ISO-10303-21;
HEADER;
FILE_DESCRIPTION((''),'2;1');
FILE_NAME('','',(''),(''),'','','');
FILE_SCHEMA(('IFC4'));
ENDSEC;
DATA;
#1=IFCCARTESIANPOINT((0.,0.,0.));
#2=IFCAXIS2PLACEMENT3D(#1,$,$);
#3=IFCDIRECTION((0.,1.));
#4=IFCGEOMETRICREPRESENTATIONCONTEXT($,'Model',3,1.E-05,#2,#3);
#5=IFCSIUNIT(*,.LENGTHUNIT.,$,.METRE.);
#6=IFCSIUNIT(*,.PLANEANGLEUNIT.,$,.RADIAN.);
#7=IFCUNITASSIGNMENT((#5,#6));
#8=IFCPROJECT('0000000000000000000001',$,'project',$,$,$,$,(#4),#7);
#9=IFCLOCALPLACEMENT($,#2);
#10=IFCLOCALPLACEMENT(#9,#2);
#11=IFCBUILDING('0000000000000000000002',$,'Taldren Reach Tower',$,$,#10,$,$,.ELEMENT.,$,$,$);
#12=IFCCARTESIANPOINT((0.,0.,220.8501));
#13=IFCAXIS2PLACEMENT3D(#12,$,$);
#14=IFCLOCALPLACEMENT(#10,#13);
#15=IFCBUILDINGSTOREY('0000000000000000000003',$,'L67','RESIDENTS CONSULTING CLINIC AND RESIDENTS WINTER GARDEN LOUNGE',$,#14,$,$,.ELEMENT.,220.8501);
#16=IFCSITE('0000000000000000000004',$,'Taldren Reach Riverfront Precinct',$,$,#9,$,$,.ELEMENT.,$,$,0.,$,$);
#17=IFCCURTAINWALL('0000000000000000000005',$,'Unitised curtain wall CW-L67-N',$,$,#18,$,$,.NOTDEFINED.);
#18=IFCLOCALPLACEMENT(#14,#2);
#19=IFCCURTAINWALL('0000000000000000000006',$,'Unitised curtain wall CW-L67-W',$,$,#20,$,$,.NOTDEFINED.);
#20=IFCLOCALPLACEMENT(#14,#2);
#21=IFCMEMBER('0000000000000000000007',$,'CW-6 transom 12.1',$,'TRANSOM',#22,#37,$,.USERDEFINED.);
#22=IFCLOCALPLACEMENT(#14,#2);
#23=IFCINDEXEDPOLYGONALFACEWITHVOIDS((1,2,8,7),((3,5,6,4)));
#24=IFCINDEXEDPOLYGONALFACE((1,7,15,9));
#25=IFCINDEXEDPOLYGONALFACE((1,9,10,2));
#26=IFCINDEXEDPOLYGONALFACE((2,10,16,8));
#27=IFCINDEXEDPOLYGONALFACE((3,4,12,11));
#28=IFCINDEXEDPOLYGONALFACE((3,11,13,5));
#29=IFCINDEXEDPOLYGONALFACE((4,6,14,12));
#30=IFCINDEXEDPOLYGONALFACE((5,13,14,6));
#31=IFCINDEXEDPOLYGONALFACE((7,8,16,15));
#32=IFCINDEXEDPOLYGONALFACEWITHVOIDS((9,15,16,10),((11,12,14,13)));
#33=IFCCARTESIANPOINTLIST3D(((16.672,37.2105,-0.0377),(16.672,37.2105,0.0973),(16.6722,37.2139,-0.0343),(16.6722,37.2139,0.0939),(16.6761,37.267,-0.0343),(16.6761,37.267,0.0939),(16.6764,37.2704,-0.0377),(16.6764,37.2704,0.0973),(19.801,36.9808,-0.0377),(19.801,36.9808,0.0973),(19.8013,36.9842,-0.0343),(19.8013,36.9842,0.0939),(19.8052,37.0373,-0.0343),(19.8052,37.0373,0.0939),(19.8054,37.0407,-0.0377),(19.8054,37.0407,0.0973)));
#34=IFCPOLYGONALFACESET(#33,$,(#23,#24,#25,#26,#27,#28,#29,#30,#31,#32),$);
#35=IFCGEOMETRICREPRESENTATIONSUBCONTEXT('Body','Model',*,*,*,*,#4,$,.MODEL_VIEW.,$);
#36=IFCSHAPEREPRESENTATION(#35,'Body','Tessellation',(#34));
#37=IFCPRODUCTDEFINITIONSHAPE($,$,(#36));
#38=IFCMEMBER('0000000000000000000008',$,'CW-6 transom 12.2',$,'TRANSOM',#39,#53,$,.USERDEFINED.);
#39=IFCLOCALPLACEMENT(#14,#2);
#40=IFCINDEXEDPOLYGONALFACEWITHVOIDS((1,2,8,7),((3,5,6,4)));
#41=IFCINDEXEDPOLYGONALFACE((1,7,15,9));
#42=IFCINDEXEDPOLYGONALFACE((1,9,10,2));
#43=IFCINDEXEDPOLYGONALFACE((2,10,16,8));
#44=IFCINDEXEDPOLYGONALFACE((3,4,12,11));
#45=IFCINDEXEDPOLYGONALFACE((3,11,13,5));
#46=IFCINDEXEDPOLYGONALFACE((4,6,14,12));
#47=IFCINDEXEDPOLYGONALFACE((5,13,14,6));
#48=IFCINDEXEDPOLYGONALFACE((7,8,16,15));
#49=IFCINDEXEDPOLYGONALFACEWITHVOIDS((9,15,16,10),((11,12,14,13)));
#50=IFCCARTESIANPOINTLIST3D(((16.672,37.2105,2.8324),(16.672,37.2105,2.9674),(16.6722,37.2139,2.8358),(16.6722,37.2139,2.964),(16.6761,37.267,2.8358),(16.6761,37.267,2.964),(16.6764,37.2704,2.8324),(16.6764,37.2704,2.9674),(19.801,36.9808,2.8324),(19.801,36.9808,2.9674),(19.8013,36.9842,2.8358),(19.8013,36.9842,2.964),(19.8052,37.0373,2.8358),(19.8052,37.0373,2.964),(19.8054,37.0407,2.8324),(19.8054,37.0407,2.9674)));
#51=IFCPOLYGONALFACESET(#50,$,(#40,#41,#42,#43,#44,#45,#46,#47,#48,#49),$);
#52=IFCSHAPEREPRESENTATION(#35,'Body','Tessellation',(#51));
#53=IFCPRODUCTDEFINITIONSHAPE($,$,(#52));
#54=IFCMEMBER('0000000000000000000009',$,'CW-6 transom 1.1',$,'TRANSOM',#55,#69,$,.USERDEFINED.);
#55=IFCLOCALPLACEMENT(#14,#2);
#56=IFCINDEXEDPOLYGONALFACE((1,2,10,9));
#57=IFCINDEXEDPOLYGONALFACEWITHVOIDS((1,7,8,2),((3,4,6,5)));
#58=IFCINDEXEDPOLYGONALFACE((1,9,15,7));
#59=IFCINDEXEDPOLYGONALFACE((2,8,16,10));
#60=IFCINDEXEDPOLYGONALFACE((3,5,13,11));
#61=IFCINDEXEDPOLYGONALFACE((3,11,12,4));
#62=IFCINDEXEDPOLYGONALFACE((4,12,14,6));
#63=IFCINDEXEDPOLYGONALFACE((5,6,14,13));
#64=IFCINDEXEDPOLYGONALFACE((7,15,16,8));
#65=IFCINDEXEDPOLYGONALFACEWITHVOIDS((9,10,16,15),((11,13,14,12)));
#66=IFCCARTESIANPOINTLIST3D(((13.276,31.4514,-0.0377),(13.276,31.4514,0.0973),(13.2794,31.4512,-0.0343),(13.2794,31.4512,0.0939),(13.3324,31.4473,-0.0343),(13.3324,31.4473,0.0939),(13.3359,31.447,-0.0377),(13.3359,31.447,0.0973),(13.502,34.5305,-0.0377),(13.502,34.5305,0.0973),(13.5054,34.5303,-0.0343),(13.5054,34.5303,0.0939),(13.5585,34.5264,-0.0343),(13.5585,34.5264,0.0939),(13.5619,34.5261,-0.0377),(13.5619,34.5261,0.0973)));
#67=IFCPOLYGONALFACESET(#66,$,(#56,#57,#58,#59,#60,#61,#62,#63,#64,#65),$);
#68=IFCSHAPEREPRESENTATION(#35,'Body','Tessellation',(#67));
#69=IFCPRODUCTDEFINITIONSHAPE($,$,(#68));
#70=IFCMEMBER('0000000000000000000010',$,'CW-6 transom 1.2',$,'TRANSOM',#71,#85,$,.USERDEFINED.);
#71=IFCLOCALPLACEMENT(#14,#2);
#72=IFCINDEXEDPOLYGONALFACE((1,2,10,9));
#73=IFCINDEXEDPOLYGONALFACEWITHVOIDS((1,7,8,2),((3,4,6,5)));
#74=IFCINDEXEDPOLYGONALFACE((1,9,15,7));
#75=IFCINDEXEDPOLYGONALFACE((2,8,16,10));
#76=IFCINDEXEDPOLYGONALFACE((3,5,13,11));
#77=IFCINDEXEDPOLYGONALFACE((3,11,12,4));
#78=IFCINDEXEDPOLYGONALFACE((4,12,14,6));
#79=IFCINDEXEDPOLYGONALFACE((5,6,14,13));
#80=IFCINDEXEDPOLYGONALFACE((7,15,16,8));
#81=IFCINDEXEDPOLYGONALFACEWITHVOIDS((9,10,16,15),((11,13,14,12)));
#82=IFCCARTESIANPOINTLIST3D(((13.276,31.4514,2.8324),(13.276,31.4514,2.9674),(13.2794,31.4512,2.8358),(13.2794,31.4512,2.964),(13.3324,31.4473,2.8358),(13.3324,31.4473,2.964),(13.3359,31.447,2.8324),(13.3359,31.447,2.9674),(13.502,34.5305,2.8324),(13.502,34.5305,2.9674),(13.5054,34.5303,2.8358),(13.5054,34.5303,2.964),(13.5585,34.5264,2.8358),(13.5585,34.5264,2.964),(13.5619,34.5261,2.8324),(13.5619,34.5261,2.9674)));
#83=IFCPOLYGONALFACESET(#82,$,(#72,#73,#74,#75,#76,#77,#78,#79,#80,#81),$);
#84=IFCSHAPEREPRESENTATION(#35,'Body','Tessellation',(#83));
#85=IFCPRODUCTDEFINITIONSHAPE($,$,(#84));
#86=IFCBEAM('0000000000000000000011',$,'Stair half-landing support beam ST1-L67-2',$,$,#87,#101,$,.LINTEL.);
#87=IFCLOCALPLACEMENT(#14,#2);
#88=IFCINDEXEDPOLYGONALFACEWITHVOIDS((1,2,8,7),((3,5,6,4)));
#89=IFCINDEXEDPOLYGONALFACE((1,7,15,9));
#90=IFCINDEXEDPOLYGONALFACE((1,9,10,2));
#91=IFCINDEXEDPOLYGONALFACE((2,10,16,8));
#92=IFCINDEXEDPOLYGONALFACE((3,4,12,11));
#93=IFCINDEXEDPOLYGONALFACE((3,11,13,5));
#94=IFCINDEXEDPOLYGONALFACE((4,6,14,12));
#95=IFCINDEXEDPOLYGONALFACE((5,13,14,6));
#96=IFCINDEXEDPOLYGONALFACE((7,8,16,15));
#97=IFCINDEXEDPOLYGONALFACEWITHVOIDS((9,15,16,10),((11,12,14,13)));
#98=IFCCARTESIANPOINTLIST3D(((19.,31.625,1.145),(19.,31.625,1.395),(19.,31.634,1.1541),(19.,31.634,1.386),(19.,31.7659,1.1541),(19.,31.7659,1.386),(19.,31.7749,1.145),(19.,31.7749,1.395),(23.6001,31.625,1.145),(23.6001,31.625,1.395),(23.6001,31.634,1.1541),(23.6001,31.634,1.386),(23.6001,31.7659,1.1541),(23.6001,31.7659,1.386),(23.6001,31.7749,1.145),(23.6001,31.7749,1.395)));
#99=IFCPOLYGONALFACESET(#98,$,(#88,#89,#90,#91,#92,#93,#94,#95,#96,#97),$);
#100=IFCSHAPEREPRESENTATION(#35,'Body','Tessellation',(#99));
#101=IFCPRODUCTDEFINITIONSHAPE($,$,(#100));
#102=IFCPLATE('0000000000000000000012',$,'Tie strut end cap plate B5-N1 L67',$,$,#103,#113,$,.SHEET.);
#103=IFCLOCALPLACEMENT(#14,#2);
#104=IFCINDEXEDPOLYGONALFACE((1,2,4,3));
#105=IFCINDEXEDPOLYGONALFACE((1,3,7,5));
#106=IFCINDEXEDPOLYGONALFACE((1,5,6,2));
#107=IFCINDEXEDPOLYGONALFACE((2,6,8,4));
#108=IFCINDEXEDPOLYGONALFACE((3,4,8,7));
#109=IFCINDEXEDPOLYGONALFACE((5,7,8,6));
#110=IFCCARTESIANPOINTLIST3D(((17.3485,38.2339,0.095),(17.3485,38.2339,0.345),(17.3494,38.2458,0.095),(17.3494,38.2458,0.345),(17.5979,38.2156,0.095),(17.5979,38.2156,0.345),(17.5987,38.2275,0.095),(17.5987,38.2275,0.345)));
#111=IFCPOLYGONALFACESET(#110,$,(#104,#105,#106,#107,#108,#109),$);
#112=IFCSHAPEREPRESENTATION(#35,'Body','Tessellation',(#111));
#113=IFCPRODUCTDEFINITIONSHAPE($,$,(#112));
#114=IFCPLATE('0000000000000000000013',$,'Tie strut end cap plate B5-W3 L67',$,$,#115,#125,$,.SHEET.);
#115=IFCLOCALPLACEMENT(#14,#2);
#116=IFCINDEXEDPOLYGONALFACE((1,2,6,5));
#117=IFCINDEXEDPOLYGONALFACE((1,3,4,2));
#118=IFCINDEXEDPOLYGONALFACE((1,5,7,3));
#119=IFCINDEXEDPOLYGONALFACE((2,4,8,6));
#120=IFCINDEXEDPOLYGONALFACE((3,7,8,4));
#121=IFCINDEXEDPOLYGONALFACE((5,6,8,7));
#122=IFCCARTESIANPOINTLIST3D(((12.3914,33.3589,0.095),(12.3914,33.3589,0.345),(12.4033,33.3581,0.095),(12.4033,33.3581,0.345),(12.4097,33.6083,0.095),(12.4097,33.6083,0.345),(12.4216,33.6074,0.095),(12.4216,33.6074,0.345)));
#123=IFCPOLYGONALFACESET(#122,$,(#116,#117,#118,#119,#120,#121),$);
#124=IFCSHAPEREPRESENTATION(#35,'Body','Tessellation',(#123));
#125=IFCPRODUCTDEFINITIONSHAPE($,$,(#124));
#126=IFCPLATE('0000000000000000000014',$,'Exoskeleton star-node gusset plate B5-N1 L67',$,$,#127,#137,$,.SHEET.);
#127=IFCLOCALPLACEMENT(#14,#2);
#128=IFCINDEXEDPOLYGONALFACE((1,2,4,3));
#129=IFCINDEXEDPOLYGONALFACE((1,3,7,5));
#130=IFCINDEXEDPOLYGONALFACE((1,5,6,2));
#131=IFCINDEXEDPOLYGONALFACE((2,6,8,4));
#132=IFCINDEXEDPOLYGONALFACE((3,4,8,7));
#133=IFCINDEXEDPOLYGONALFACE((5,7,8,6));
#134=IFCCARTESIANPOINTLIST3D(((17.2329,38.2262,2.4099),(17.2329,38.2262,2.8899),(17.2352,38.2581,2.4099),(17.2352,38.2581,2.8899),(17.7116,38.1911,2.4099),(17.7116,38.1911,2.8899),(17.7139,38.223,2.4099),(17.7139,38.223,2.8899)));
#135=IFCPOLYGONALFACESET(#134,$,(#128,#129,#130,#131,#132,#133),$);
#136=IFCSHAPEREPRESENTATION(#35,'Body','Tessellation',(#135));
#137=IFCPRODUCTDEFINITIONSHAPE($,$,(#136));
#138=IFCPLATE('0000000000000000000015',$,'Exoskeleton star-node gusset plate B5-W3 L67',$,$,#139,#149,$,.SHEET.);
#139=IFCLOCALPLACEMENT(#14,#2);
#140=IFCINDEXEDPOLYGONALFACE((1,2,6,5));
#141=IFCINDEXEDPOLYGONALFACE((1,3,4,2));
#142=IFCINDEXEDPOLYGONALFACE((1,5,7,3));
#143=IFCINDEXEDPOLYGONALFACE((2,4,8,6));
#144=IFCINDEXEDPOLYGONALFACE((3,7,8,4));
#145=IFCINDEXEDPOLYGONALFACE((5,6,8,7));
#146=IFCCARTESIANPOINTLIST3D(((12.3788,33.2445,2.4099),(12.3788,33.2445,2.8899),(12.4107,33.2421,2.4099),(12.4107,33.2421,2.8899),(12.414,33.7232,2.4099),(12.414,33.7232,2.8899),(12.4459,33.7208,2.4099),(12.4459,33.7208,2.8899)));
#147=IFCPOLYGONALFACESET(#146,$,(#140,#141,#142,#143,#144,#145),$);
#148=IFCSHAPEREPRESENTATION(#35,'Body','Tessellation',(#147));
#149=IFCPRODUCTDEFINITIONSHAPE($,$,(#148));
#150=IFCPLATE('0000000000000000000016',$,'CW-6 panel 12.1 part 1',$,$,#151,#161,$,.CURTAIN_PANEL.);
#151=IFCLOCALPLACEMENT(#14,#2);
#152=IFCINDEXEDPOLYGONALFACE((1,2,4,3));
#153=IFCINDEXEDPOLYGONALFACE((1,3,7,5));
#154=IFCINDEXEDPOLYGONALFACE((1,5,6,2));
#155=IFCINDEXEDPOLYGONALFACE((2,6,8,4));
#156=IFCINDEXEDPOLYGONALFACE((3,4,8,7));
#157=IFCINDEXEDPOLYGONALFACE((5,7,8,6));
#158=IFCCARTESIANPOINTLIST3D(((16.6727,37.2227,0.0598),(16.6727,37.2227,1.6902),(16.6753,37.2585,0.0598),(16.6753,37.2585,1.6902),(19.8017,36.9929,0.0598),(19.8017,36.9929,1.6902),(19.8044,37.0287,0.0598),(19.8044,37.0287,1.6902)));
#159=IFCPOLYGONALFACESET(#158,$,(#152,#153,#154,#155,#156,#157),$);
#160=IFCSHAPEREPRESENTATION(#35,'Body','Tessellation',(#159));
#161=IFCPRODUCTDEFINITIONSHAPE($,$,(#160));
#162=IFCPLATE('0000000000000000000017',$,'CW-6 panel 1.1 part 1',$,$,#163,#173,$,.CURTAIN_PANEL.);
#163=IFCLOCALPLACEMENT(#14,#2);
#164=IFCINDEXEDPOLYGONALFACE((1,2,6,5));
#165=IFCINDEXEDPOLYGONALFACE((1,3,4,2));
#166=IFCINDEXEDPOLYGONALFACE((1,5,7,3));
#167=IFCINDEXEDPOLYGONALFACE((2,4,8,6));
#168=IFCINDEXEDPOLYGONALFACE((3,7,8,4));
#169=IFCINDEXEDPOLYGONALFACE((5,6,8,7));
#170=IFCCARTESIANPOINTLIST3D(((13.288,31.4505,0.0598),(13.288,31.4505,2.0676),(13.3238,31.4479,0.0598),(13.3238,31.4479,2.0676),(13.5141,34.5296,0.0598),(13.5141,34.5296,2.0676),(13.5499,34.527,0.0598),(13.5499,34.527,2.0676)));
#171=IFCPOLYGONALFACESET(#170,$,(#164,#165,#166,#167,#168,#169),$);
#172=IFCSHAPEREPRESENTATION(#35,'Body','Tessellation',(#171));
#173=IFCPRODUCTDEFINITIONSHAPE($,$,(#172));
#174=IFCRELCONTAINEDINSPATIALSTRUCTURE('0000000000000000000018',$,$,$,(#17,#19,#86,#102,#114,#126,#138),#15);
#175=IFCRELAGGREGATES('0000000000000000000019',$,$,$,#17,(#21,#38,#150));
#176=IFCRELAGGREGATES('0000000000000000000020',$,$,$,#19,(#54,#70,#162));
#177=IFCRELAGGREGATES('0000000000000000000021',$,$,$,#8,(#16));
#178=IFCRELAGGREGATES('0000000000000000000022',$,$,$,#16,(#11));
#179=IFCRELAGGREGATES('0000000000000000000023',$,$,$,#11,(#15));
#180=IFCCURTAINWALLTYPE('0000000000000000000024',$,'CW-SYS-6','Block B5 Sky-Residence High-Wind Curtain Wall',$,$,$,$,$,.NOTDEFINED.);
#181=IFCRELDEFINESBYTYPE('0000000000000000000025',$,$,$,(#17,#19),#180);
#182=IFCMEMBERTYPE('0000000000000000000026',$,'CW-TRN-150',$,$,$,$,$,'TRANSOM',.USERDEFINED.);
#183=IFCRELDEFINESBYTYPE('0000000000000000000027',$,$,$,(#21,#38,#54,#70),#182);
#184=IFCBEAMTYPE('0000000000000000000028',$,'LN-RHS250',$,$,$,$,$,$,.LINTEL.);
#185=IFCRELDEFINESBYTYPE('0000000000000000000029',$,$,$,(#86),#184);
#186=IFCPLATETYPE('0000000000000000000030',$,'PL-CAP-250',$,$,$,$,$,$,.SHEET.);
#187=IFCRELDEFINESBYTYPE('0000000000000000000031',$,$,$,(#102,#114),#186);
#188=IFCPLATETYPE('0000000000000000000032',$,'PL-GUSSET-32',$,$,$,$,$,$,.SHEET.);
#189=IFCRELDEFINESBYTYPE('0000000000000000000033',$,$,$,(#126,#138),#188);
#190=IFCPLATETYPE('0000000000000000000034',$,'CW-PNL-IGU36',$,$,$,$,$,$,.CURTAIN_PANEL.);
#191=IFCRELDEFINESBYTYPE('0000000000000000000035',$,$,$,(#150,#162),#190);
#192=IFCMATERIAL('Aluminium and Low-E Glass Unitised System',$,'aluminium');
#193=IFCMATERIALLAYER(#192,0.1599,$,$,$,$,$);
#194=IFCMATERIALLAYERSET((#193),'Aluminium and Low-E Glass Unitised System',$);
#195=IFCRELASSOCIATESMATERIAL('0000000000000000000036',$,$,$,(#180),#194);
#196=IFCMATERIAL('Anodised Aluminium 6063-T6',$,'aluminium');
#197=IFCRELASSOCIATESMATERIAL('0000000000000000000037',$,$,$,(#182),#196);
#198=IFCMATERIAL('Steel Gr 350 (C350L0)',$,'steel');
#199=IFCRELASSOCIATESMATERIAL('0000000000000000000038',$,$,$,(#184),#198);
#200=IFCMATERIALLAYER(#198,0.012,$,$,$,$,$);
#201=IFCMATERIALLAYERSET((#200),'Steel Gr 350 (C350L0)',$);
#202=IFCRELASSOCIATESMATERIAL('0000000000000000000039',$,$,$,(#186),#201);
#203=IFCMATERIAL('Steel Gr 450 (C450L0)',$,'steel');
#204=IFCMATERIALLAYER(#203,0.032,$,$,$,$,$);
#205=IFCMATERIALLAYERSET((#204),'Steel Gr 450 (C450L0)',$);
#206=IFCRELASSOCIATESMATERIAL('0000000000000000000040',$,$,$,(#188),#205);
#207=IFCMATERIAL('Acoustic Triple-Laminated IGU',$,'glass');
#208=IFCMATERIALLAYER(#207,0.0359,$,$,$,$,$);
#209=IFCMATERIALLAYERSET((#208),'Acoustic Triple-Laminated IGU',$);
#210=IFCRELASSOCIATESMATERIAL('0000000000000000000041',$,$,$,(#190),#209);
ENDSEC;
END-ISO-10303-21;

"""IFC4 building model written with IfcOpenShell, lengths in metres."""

from ifc_helpers import new_model, si_unit, direction, frame, origin, origin_2d, place, context, subcontext, project, spatial, rectangle, hollow_rectangle, extrude, source, transform, mapped, material, layer, layer_set, material_profile, profile_set, type_object, element, aggregate, save


model = new_model("IFC4")

# Units and contexts
model_context = context("Model", 3, precision=1e-05, world=origin(), true_north=direction((0.0, 1.0)))
body_context = subcontext(model_context, "Body", "Model", "MODEL_VIEW")
ifc_project = project(units=[si_unit("LENGTHUNIT", "METRE"), si_unit("PLANEANGLEUNIT", "RADIAN")], contexts=[model_context])

# Site, building, storey
site_placement = place(None, origin())
site = spatial("IfcSite", under=ifc_project, at=site_placement, Name="Taldren Reach Riverfront Precinct", CompositionType="ELEMENT", RefElevation=0.0)
building_placement = place(site_placement, origin())
building = spatial("IfcBuilding", under=site, at=building_placement, Name="Taldren Reach Tower", CompositionType="ELEMENT")
storey_placement = place(building_placement, frame((0.0, 0.0, 220.8501)))
storey = spatial("IfcBuildingStorey", under=building, at=storey_placement, Name="L67", Description="RESIDENTS CONSULTING CLINIC AND RESIDENTS WINTER GARDEN LOUNGE", CompositionType="ELEMENT", Elevation=220.8501)

# Shared definitions
ifc_material_1 = material(Name="Steel Gr 450 (C450L0)", Category="steel")
ifc_material_2 = material(Name="Steel Gr 350 (C350L0)", Category="steel")

# Curtain walls
ifc_material_3 = material(Name="Aluminium and Low-E Glass Unitised System", Category="aluminium")
ifc_layer_1 = layer(ifc_material_3, 0.1599)
ifc_layer_set_1 = layer_set([ifc_layer_1], Name="Aluminium and Low-E Glass Unitised System")
curtain_wall_type = type_object("IfcCurtainWallType", Name="CW-SYS-6", Description="Block B5 Sky-Residence High-Wind Curtain Wall", PredefinedType="NOTDEFINED", material=ifc_layer_set_1)
curtain_wall_1_placement = place(storey_placement, origin())
curtain_wall_1 = element("IfcCurtainWall", 1, at=curtain_wall_1_placement, inside=storey, type_object=curtain_wall_type, Name="Unitised curtain wall CW-L67-N", PredefinedType="NOTDEFINED")
ifc_material_4 = material(Name="Anodised Aluminium 6063-T6", Category="aluminium")
curtain_wall_2_placement = place(storey_placement, origin())
curtain_wall_2 = element("IfcCurtainWall", 2, at=curtain_wall_2_placement, inside=storey, type_object=curtain_wall_type, Name="Unitised curtain wall CW-L67-W", PredefinedType="NOTDEFINED")

# Members
ifc_material_profile_1 = material_profile(ifc_material_4, hollow_rectangle(XDim=0.0601, YDim=0.135, WallThickness=0.0034, at=origin_2d()), Name="ALU-135x60x3.5RHS")
ifc_profile_set_1 = profile_set([ifc_material_profile_1], Name="Anodised Aluminium 6063-T6")
member_type_1 = type_object("IfcMemberType", Name="CW-TRN-150", ElementType="TRANSOM", PredefinedType="USERDEFINED", material=ifc_profile_set_1)
shared_shape_1 = source(origin(), body_context, "Body", "SweptSolid", [
    extrude(hollow_rectangle(XDim=0.0601, YDim=0.135, WallThickness=0.0034, at=origin_2d()), origin(), (0.0, 0.0, 1.0), 3.1375),
])
member_1_placement = place(storey_placement, frame((19.8032, 37.0107, 0.0298), z_axis=(-0.997316, 0.073221, 0.0), x_axis=(-0.073221, -0.997316, 0.0)))
member_1 = element("IfcMember", 3, at=member_1_placement, type_object=member_type_1, Name="CW-6 transom 12.1", ObjectType="TRANSOM", PredefinedType="USERDEFINED", context=body_context, shape_type="MappedRepresentation", body=[
    mapped(shared_shape_1, transform((0.0, 0.0, 0.0), scale=1.0)),
])
member_2_placement = place(storey_placement, frame((19.8032, 37.0107, 2.8999), z_axis=(-0.997316, 0.073221, 0.0), x_axis=(-0.073221, -0.997316, 0.0)))
member_2 = element("IfcMember", 4, at=member_2_placement, type_object=member_type_1, Name="CW-6 transom 12.2", ObjectType="TRANSOM", PredefinedType="USERDEFINED", context=body_context, shape_type="MappedRepresentation", body=[
    mapped(shared_shape_1, transform((0.0, 0.0, 0.0), scale=1.0)),
])
shared_shape_2 = source(origin(), body_context, "Body", "SweptSolid", [
    extrude(hollow_rectangle(XDim=0.0601, YDim=0.135, WallThickness=0.0034, at=origin_2d()), origin(), (0.0, 0.0, 1.0), 3.0874),
])
member_3_placement = place(storey_placement, frame((13.532, 34.5283, 0.0298), z_axis=(-0.073225, -0.997315, 0.0), x_axis=(0.997315, -0.073225, 0.0)))
member_3 = element("IfcMember", 5, at=member_3_placement, type_object=member_type_1, Name="CW-6 transom 1.1", ObjectType="TRANSOM", PredefinedType="USERDEFINED", context=body_context, shape_type="MappedRepresentation", body=[
    mapped(shared_shape_2, transform((0.0, 0.0, 0.0), scale=1.0)),
])
member_4_placement = place(storey_placement, frame((13.532, 34.5283, 2.8999), z_axis=(-0.073225, -0.997315, 0.0), x_axis=(0.997315, -0.073225, 0.0)))
member_4 = element("IfcMember", 6, at=member_4_placement, type_object=member_type_1, Name="CW-6 transom 1.2", ObjectType="TRANSOM", PredefinedType="USERDEFINED", context=body_context, shape_type="MappedRepresentation", body=[
    mapped(shared_shape_2, transform((0.0, 0.0, 0.0), scale=1.0)),
])

# Beam
ifc_material_profile_2 = material_profile(ifc_material_2, hollow_rectangle(XDim=0.1499, YDim=0.25, WallThickness=0.009, at=origin_2d()), Name="250x150x9.0RHS")
ifc_profile_set_2 = profile_set([ifc_material_profile_2], Name="Steel Gr 350 (C350L0)")
beam_type_1 = type_object("IfcBeamType", Name="LN-RHS250", PredefinedType="LINTEL", material=ifc_profile_set_2)
shared_shape_3 = source(origin(), body_context, "Body", "SweptSolid", [
    extrude(hollow_rectangle(XDim=0.1499, YDim=0.25, WallThickness=0.009, at=origin_2d()), origin(), (0.0, 0.0, 1.0), 4.6001),
])
beam_1_placement = place(storey_placement, frame((19.0, 31.7, 1.27), z_axis=(1.0, 0.0, 0.0), x_axis=(0.0, 1.0, 0.0)))
element("IfcBeam", 7, at=beam_1_placement, inside=storey, type_object=beam_type_1, Name="Stair half-landing support beam ST1-L67-2", PredefinedType="LINTEL", context=body_context, shape_type="MappedRepresentation", body=[
    mapped(shared_shape_3, transform((0.0, 0.0, 0.0), scale=1.0)),
])

# Plates
ifc_layer_2 = layer(ifc_material_2, 0.012)
ifc_layer_set_2 = layer_set([ifc_layer_2], Name="Steel Gr 350 (C350L0)")
plate_type_1 = type_object("IfcPlateType", Name="PL-CAP-250", PredefinedType="SHEET", material=ifc_layer_set_2)
shared_shape_4 = source(origin(), body_context, "Body", "SweptSolid", [
    extrude(rectangle(XDim=0.25, YDim=0.012, at=origin_2d()), origin(), (0.0, 0.0, 1.0), 0.25),
])
plate_1_placement = place(storey_placement, frame((17.4736, 38.2307, 0.095), z_axis=(0.0, 0.0, 1.0), x_axis=(0.997314, -0.073238, 0.0)))
element("IfcPlate", 8, at=plate_1_placement, inside=storey, type_object=plate_type_1, Name="Tie strut end cap plate B5-N1 L67", PredefinedType="SHEET", context=body_context, shape_type="MappedRepresentation", body=[
    mapped(shared_shape_4, transform((0.0, 0.0, 0.0), scale=1.0)),
])
shared_shape_5 = source(origin(), body_context, "Body", "SweptSolid", [
    extrude(rectangle(XDim=0.012, YDim=0.25, at=origin_2d()), origin(), (0.0, 0.0, 1.0), 0.25),
])
plate_2_placement = place(storey_placement, frame((12.4065, 33.4832, 0.095), z_axis=(0.0, 0.0, 1.0), x_axis=(0.997314, -0.073238, 0.0)))
element("IfcPlate", 9, at=plate_2_placement, inside=storey, type_object=plate_type_1, Name="Tie strut end cap plate B5-W3 L67", PredefinedType="SHEET", context=body_context, shape_type="MappedRepresentation", body=[
    mapped(shared_shape_5, transform((0.0, 0.0, 0.0), scale=1.0)),
])
ifc_layer_3 = layer(ifc_material_1, 0.032)
ifc_layer_set_3 = layer_set([ifc_layer_3], Name="Steel Gr 450 (C450L0)")
plate_type_2 = type_object("IfcPlateType", Name="PL-GUSSET-32", PredefinedType="SHEET", material=ifc_layer_set_3)
shared_shape_6 = source(origin(), body_context, "Body", "SweptSolid", [
    extrude(rectangle(XDim=0.48, YDim=0.032, at=origin_2d()), origin(), (0.0, 0.0, 1.0), 0.48),
])
for number, where, z_axis, x_axis, name in (
    (10, (17.4734, 38.2246, 2.4099), (0.0, 0.0, 1.0), (0.997314, -0.073238, 0.0), "Exoskeleton star-node gusset plate B5-N1 L67"),
    (11, (12.4124, 33.4827, 2.4099), (0.0, 0.0, 1.0), (0.073238, 0.997314, 0.0), "Exoskeleton star-node gusset plate B5-W3 L67"),
):
    element("IfcPlate", number, at=place(storey_placement, frame(where, z_axis=z_axis, x_axis=x_axis)), inside=storey, type_object=plate_type_2, Name=name, PredefinedType="SHEET", context=body_context, shape_type="MappedRepresentation", body=[
        mapped(shared_shape_6, transform((0.0, 0.0, 0.0), scale=1.0)),
    ])

# Plates
ifc_material_5 = material(Name="Acoustic Triple-Laminated IGU", Category="glass")
ifc_layer_4 = layer(ifc_material_5, 0.0359)
ifc_layer_set_4 = layer_set([ifc_layer_4], Name="Acoustic Triple-Laminated IGU")
plate_type_3 = type_object("IfcPlateType", Name="CW-PNL-IGU36", PredefinedType="CURTAIN_PANEL", material=ifc_layer_set_4)
shared_shape_7 = source(origin(), body_context, "Body", "SweptSolid", [
    extrude(rectangle(XDim=3.1375, YDim=0.0359, at=origin_2d()), origin(), (0.0, 0.0, 1.0), 1.6304),
])
plate_3_placement = place(storey_placement, frame((18.2385, 37.1257, 0.0598), z_axis=(0.0, 0.0, 1.0), x_axis=(-0.997314, 0.073238, 0.0)))
plate_3 = element("IfcPlate", 12, at=plate_3_placement, type_object=plate_type_3, Name="CW-6 panel 12.1 part 1", PredefinedType="CURTAIN_PANEL", context=body_context, shape_type="MappedRepresentation", body=[
    mapped(shared_shape_7, transform((0.0, 0.0, 0.0), scale=1.0)),
])
aggregate(curtain_wall_1, [member_1, member_2, plate_3])
shared_shape_8 = source(origin(), body_context, "Body", "SweptSolid", [
    extrude(rectangle(XDim=3.0874, YDim=0.0359, at=origin_2d()), origin(), (0.0, 0.0, 1.0), 2.0078),
])
plate_4_placement = place(storey_placement, frame((13.4189, 32.9888, 0.0598), z_axis=(0.0, 0.0, 1.0), x_axis=(-0.073238, -0.997314, 0.0)))
plate_4 = element("IfcPlate", 13, at=plate_4_placement, type_object=plate_type_3, Name="CW-6 panel 1.1 part 1", PredefinedType="CURTAIN_PANEL", context=body_context, shape_type="MappedRepresentation", body=[
    mapped(shared_shape_8, transform((0.0, 0.0, 0.0), scale=1.0)),
])
aggregate(curtain_wall_2, [member_3, member_4, plate_4])

save(model, "model.ifc")
